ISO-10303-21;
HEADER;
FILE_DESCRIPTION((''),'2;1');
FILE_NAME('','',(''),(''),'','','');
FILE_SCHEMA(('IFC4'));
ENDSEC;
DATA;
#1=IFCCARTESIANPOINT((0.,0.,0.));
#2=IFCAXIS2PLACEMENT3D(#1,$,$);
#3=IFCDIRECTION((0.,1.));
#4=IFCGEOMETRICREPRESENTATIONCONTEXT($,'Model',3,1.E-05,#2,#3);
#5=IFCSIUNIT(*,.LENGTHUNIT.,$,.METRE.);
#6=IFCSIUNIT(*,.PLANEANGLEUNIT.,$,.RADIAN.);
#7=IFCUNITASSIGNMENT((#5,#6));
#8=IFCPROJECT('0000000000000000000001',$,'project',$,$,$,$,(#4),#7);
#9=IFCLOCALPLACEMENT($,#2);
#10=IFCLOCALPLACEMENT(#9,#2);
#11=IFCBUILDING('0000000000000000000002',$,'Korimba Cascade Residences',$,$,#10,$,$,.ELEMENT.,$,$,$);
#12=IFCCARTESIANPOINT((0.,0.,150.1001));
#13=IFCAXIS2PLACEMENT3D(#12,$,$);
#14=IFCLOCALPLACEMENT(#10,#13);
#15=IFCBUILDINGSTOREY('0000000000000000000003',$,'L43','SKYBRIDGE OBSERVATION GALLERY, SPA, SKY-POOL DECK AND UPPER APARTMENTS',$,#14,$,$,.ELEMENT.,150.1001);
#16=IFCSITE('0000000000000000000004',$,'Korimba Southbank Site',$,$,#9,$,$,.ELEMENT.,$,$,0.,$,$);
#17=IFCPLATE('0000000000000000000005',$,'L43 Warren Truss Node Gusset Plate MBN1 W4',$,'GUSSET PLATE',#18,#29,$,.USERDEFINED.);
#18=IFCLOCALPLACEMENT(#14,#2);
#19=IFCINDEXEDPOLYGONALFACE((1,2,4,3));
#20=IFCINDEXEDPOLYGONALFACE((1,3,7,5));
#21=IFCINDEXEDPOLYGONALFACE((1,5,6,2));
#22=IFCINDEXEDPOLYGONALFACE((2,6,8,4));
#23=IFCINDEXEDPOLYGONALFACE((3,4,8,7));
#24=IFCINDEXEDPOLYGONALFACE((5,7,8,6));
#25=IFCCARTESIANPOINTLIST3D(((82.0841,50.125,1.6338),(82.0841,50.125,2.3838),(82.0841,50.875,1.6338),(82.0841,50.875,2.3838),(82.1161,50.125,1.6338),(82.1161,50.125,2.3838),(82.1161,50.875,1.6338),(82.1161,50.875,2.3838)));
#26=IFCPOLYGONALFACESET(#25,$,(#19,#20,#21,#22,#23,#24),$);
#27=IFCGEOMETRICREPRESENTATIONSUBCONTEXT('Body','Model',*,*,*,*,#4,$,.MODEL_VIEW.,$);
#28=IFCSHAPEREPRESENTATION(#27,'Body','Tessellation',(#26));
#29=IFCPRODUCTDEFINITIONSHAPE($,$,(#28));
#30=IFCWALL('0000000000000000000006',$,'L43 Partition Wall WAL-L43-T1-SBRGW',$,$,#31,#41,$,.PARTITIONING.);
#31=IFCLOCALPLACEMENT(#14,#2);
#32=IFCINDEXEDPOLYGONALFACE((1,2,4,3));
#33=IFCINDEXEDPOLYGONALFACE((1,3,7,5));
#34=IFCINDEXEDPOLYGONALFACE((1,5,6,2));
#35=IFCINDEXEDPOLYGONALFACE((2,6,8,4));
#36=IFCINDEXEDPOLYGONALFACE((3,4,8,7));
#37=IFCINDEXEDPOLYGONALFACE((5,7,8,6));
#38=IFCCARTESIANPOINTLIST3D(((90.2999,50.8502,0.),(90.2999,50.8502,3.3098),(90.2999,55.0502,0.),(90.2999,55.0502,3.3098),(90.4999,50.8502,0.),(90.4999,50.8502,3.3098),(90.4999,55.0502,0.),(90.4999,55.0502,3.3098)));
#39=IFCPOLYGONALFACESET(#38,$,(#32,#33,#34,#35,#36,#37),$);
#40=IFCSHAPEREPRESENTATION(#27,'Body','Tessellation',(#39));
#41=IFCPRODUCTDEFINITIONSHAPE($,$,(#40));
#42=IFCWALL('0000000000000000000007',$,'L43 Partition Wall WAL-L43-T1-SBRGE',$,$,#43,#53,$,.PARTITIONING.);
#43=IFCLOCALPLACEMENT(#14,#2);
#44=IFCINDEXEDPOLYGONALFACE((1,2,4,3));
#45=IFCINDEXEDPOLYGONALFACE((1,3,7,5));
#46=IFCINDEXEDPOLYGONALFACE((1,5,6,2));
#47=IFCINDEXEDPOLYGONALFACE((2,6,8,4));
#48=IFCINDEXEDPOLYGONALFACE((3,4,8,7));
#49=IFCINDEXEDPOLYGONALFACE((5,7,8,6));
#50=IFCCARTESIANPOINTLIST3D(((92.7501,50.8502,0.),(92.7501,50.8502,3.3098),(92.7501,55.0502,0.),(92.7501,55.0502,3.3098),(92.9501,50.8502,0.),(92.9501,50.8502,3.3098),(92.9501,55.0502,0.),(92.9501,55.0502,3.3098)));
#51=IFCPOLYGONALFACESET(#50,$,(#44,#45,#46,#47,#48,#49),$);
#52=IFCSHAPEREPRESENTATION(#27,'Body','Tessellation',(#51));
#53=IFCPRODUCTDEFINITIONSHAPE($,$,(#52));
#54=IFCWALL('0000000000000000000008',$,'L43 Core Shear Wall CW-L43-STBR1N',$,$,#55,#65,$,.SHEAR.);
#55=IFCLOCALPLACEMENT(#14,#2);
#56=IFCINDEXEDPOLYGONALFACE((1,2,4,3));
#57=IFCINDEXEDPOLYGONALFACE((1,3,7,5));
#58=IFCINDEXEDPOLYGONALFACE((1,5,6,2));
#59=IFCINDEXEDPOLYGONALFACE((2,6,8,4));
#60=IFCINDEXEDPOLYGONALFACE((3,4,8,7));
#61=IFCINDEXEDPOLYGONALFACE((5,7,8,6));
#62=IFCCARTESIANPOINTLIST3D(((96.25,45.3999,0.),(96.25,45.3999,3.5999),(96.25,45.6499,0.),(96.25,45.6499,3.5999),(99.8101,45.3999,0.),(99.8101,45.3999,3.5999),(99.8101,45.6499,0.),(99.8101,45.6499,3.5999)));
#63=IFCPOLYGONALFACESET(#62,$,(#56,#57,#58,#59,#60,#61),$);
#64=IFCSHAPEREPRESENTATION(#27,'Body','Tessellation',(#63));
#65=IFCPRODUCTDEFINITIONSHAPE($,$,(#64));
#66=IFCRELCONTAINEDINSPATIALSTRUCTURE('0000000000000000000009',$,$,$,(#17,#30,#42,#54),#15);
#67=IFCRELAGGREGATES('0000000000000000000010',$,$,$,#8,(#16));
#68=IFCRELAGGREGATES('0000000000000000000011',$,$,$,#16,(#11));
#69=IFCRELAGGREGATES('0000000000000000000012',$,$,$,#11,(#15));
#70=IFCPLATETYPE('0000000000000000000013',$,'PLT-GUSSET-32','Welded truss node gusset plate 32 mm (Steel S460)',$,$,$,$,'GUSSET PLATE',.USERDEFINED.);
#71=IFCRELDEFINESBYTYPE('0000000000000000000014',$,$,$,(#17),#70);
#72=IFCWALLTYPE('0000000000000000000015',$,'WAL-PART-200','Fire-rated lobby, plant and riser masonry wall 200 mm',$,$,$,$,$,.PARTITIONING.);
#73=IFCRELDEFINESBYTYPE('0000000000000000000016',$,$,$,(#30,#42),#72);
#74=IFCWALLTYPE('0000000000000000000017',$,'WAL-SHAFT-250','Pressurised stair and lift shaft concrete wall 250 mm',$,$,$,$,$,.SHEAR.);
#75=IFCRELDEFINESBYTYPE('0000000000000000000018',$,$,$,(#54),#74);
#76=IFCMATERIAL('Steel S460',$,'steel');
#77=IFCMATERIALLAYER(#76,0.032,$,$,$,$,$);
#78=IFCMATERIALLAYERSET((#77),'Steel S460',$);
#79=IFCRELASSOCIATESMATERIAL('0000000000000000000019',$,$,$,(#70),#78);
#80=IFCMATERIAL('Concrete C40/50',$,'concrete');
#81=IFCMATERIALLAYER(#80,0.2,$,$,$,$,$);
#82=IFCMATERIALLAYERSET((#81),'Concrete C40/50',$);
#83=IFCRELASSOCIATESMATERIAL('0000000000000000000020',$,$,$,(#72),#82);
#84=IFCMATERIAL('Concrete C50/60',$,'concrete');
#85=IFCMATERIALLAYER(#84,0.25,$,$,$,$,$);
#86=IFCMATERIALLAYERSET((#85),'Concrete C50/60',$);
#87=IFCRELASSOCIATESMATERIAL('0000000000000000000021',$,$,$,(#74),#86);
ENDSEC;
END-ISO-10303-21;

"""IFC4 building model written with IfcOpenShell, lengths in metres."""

from ifc_helpers import new_model, si_unit, direction, frame, frame_2d, origin, origin_2d, place, context, subcontext, project, spatial, rectangle, extrude, material, layer, layer_set, type_object, element, save


model = new_model("IFC4")

# Units and contexts
model_context = context("Model", 3, precision=1e-05, world=origin(), true_north=direction((0.0, 1.0)))
body_context = subcontext(model_context, "Body", "Model", "MODEL_VIEW")
ifc_project = project(units=[si_unit("LENGTHUNIT", "METRE"), si_unit("PLANEANGLEUNIT", "RADIAN")], contexts=[model_context])

# Site, building, storey
site_placement = place(None, origin())
site = spatial("IfcSite", under=ifc_project, at=site_placement, Name="Korimba Southbank Site", CompositionType="ELEMENT", RefElevation=0.0)
building_placement = place(site_placement, origin())
building = spatial("IfcBuilding", under=site, at=building_placement, Name="Korimba Cascade Residences", CompositionType="ELEMENT")
storey_placement = place(building_placement, frame((0.0, 0.0, 150.1001)))
storey = spatial("IfcBuildingStorey", under=building, at=storey_placement, Name="L43", Description="SKYBRIDGE OBSERVATION GALLERY, SPA, SKY-POOL DECK AND UPPER APARTMENTS", CompositionType="ELEMENT", Elevation=150.1001)

# Shared definitions
ifc_material_1 = material(Name="Steel S460", Category="steel")

# Plate
ifc_layer_1 = layer(ifc_material_1, 0.032)
ifc_layer_set_1 = layer_set([ifc_layer_1], Name="Steel S460")
plate_type_1 = type_object("IfcPlateType", Name="PLT-GUSSET-32", Description="Welded truss node gusset plate 32 mm (Steel S460)", ElementType="GUSSET PLATE", PredefinedType="USERDEFINED", material=ifc_layer_set_1)
plate_1_placement = place(storey_placement, frame((82.1001, 50.5, 1.6338), z_axis=(0.0, 0.0, 1.0), x_axis=(1.0, 0.0, 0.0)))
element("IfcPlate", 1, at=plate_1_placement, inside=storey, type_object=plate_type_1, Name="L43 Warren Truss Node Gusset Plate MBN1 W4", ObjectType="GUSSET PLATE", PredefinedType="USERDEFINED", context=body_context, shape_type="SweptSolid", body=[
    extrude(rectangle(XDim=0.032, YDim=0.75, at=origin_2d()), origin(), (0.0, 0.0, 1.0), 0.75),
])

# Walls
ifc_material_2 = material(Name="Concrete C40/50", Category="concrete")
ifc_layer_2 = layer(ifc_material_2, 0.2)
ifc_layer_set_2 = layer_set([ifc_layer_2], Name="Concrete C40/50")
wall_type_1 = type_object("IfcWallType", Name="WAL-PART-200", Description="Fire-rated lobby, plant and riser masonry wall 200 mm", PredefinedType="PARTITIONING", material=ifc_layer_set_2)
for number, where, z_axis, x_axis, name in (
    (2, (90.3999, 50.8501, 0.0), (0.0, 0.0, 1.0), (0.0, 1.0, 0.0), "L43 Partition Wall WAL-L43-T1-SBRGW"),
    (3, (92.8501, 50.8501, 0.0), (0.0, 0.0, 1.0), (0.0, 1.0, 0.0), "L43 Partition Wall WAL-L43-T1-SBRGE"),
):
    element("IfcWall", number, at=place(storey_placement, frame(where, z_axis=z_axis, x_axis=x_axis)), inside=storey, type_object=wall_type_1, Name=name, PredefinedType="PARTITIONING", context=body_context, shape_type="SweptSolid", body=[
        extrude(rectangle(XDim=4.2, YDim=0.2, at=frame_2d((2.1001, 0.0))), origin(), (0.0, 0.0, 1.0), 3.3098),
    ])
ifc_material_3 = material(Name="Concrete C50/60", Category="concrete")
ifc_layer_3 = layer(ifc_material_3, 0.25)
ifc_layer_set_3 = layer_set([ifc_layer_3], Name="Concrete C50/60")
wall_type_2 = type_object("IfcWallType", Name="WAL-SHAFT-250", Description="Pressurised stair and lift shaft concrete wall 250 mm", PredefinedType="SHEAR", material=ifc_layer_set_3)
wall_placement = place(storey_placement, frame((96.25, 45.5249, 0.0), z_axis=(0.0, 0.0, 1.0), x_axis=(1.0, 0.0, 0.0)))
element("IfcWall", 4, at=wall_placement, inside=storey, type_object=wall_type_2, Name="L43 Core Shear Wall CW-L43-STBR1N", PredefinedType="SHEAR", context=body_context, shape_type="SweptSolid", body=[
    extrude(rectangle(XDim=3.5601, YDim=0.25, at=frame_2d((1.78, 0.0))), origin(), (0.0, 0.0, 1.0), 3.5999),
])

save(model, "model.ifc")
